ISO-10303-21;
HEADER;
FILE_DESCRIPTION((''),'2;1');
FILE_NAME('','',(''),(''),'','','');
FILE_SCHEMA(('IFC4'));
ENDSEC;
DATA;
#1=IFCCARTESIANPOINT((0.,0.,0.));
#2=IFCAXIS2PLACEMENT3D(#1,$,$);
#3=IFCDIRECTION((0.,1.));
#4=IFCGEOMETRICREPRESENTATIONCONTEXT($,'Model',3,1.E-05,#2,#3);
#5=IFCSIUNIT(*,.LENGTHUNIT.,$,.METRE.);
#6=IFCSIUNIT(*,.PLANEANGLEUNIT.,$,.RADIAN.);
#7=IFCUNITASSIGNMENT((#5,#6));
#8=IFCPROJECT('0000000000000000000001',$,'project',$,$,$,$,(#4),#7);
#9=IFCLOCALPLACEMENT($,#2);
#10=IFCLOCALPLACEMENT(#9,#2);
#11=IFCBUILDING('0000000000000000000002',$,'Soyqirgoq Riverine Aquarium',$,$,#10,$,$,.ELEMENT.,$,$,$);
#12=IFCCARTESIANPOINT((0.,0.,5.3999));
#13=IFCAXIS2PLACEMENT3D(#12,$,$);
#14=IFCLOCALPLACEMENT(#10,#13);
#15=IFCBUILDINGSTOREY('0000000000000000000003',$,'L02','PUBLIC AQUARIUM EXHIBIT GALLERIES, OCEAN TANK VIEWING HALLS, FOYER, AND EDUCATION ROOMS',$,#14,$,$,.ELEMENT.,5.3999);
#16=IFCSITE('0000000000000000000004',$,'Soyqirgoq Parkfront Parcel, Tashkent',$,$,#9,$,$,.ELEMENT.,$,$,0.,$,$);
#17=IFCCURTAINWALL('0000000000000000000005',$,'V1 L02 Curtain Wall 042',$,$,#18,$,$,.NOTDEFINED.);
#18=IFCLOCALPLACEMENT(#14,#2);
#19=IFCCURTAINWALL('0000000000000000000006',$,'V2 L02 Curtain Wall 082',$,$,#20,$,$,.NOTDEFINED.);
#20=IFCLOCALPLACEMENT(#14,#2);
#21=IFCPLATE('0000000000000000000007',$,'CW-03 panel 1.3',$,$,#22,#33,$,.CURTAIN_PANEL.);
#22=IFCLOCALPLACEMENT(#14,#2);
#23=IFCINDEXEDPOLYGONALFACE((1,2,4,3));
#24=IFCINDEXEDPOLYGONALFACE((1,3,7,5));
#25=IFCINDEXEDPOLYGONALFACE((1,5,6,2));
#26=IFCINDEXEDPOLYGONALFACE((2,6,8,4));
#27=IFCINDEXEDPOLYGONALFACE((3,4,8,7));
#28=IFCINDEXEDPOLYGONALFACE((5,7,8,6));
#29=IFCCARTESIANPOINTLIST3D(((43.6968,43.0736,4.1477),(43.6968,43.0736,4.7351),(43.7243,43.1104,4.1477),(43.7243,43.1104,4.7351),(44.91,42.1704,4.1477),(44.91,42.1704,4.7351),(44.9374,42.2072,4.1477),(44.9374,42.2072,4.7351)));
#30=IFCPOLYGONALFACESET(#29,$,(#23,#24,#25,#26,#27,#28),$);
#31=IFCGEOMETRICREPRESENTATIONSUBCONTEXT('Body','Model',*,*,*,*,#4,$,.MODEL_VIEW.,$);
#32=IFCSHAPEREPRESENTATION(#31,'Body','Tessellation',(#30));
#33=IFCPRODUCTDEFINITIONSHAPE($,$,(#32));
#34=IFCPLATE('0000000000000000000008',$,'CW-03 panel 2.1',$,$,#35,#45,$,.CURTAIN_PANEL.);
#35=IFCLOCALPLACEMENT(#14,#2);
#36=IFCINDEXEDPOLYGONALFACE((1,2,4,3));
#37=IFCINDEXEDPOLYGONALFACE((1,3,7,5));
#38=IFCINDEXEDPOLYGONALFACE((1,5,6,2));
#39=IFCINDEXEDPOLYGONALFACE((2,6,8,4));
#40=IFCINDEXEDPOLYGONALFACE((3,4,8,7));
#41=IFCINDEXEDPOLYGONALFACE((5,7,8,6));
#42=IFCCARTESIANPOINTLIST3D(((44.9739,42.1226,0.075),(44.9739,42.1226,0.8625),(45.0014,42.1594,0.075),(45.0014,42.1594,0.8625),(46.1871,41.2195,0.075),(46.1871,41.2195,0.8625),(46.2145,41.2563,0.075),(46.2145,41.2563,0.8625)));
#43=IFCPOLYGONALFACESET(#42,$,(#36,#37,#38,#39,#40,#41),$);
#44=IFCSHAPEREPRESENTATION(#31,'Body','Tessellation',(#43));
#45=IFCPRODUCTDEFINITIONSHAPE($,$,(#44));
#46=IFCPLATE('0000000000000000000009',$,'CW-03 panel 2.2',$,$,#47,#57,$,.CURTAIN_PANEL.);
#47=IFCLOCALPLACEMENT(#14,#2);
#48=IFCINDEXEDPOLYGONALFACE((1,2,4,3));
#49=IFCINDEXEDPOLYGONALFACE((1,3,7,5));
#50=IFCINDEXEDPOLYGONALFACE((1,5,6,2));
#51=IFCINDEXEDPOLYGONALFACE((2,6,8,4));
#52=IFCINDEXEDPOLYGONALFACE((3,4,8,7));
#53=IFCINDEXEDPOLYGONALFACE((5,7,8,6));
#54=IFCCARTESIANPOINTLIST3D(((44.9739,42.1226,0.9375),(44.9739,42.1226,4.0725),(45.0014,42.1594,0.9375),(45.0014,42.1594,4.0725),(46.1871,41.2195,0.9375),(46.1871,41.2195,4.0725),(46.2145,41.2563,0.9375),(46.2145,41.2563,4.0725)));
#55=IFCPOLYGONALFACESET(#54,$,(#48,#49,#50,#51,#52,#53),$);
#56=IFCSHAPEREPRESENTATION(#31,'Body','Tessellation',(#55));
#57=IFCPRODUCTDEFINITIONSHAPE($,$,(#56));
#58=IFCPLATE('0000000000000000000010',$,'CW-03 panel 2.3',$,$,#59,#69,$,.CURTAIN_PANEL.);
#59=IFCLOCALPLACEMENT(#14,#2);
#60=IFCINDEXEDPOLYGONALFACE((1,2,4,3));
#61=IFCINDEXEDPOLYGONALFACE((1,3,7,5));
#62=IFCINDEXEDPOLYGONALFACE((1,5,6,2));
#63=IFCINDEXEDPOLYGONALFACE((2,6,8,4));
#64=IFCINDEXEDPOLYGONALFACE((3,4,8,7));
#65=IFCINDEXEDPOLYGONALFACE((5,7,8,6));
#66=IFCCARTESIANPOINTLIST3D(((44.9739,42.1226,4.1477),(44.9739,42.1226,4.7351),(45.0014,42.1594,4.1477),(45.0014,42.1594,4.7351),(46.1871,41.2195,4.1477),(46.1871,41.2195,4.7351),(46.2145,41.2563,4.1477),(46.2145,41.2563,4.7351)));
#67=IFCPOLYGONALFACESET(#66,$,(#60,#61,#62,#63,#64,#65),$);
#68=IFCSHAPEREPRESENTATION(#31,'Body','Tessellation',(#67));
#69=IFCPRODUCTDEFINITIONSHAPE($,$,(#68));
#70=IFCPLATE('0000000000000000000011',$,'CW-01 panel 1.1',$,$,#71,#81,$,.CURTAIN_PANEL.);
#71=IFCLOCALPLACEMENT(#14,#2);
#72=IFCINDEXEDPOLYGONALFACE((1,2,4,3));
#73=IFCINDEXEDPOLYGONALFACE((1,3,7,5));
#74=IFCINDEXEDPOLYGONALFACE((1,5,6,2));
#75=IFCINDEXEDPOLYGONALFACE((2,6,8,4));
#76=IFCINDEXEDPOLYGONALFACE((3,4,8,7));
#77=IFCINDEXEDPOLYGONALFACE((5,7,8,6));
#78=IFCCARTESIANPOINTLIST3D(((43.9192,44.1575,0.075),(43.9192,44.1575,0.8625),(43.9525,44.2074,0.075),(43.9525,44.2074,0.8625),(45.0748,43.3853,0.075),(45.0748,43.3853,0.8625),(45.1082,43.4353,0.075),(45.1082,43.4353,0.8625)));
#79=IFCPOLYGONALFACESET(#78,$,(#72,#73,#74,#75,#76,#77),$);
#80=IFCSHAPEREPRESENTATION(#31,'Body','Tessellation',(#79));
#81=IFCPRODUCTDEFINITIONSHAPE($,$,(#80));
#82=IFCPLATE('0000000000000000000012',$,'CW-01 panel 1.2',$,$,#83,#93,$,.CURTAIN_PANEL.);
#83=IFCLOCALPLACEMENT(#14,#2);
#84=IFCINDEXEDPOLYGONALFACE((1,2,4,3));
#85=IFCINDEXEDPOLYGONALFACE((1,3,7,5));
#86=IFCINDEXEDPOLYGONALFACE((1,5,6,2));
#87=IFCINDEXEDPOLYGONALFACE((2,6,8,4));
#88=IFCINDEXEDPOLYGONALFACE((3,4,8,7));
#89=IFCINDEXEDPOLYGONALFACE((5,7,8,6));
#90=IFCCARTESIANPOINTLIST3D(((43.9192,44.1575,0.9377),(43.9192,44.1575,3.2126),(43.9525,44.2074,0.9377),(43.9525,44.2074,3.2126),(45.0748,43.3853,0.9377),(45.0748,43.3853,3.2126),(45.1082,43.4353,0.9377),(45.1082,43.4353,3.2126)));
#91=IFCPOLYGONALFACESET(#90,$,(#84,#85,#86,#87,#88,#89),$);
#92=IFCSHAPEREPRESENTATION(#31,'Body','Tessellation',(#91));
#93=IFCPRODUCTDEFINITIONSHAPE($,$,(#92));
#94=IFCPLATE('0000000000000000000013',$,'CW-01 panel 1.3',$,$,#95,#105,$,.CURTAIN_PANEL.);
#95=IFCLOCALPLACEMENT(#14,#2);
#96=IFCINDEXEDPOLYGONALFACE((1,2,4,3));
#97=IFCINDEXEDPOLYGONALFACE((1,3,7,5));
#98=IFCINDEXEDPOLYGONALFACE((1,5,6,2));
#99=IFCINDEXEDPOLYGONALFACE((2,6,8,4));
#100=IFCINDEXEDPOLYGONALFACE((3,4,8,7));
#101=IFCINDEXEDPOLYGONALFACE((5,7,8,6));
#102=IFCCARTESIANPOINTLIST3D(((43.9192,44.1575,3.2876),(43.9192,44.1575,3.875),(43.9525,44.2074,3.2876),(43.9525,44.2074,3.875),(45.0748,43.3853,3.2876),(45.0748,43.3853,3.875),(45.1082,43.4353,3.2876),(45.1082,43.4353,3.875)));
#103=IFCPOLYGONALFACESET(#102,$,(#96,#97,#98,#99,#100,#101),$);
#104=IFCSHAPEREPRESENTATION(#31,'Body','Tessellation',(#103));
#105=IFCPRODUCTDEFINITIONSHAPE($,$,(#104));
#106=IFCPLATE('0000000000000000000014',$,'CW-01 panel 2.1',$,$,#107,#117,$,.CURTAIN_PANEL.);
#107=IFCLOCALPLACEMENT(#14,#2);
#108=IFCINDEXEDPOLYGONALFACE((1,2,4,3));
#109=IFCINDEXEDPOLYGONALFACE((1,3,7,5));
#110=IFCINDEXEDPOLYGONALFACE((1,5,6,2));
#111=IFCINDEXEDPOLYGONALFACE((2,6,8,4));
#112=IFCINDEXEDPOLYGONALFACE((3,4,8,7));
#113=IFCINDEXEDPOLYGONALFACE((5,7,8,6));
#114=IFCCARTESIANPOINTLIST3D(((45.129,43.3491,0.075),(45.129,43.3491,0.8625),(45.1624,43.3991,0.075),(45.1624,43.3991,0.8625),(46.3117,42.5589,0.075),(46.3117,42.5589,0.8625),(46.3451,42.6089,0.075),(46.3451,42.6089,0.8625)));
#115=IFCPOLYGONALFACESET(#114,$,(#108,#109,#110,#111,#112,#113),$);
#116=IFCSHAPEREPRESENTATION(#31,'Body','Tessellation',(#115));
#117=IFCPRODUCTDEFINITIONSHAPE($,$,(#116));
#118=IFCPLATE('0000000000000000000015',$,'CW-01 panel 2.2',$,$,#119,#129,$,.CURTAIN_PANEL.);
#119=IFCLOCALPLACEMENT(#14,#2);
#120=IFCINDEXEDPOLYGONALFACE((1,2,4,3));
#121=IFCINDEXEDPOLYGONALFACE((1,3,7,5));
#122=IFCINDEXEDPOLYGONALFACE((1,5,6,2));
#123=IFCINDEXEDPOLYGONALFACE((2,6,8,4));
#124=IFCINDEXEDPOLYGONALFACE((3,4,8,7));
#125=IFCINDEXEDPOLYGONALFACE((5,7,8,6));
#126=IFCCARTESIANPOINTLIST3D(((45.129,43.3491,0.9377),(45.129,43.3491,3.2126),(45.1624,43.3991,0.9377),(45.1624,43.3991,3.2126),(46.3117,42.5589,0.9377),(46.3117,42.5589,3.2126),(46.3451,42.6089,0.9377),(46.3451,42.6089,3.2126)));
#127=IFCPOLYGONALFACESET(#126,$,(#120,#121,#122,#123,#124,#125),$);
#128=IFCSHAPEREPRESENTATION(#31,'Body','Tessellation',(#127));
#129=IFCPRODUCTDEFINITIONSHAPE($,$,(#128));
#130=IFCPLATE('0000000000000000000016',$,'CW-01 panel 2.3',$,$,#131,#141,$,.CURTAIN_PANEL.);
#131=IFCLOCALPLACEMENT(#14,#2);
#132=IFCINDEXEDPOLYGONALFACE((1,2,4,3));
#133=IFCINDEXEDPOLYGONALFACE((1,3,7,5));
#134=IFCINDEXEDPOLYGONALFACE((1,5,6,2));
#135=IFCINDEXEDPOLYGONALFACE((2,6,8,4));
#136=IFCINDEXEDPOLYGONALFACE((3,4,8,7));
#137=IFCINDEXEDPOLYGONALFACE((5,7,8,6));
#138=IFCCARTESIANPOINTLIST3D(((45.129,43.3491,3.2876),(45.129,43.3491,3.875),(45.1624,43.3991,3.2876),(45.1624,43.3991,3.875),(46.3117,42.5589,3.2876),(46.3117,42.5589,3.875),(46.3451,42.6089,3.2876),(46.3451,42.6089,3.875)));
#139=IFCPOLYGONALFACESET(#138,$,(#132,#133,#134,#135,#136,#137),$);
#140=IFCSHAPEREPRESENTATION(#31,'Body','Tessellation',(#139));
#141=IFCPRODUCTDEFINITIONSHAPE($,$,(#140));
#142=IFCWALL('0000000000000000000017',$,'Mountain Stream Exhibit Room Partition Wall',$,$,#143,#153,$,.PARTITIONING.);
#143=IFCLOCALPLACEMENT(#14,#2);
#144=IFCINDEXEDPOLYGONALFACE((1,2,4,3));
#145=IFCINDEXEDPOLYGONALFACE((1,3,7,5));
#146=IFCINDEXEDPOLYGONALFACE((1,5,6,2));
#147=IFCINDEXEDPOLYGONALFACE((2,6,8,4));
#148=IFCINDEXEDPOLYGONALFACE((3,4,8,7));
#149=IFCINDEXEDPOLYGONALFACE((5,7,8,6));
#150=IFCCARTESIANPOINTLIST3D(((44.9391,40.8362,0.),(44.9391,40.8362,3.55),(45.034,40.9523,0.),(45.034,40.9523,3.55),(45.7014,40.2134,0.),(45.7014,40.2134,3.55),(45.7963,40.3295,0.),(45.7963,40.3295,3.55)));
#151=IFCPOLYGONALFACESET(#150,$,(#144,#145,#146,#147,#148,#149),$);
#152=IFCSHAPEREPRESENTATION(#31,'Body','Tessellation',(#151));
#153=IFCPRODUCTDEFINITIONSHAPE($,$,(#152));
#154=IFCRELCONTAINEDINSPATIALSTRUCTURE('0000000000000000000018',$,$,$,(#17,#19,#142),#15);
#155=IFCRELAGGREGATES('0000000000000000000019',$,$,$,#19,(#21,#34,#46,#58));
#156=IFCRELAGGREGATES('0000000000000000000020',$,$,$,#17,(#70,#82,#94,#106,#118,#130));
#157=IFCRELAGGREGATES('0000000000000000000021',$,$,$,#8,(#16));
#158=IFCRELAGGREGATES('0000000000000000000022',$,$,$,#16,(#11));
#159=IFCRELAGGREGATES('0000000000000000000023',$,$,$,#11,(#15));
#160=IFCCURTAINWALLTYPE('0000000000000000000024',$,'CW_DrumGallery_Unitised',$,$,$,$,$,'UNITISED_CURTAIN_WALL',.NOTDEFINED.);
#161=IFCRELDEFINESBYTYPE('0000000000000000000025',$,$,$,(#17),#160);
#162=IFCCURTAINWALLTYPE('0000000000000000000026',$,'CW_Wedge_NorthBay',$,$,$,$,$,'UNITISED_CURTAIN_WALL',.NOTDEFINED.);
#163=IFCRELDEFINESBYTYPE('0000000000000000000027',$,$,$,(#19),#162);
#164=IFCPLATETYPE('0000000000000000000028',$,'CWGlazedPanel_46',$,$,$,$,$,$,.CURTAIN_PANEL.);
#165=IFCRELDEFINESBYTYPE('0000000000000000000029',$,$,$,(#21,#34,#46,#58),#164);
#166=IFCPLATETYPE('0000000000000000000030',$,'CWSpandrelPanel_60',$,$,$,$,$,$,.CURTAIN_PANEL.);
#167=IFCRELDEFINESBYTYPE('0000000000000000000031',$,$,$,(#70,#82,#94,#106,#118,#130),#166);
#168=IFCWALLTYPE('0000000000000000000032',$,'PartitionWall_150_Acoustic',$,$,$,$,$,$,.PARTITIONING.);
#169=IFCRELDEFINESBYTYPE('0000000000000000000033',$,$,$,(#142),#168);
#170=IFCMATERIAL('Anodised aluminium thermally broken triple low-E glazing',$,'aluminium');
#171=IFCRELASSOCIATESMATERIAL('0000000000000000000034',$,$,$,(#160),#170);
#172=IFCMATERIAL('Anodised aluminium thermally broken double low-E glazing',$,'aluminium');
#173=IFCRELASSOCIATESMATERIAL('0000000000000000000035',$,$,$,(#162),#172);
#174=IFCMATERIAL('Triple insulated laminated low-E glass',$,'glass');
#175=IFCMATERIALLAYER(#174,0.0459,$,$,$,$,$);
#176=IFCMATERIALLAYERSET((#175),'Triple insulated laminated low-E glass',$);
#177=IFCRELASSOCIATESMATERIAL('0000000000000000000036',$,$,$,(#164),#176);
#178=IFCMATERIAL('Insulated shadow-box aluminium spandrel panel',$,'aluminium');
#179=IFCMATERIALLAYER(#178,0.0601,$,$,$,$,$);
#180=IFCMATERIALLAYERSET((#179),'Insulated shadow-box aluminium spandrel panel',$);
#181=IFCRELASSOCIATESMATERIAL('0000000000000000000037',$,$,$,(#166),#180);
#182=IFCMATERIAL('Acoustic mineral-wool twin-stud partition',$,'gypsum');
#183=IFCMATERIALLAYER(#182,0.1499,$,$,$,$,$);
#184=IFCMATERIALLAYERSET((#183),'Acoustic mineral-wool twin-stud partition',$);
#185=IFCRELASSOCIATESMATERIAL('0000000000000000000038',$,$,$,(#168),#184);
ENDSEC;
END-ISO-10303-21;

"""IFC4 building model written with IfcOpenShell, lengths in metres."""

from ifc_helpers import new_model, si_unit, direction, frame, frame_2d, origin, origin_2d, place, context, subcontext, project, spatial, rectangle, extrude, material, layer, layer_set, type_object, element, aggregate, save


model = new_model("IFC4")

# Units and contexts
model_context = context("Model", 3, precision=1e-05, world=origin(), true_north=direction((0.0, 1.0)))
body_context = subcontext(model_context, "Body", "Model", "MODEL_VIEW")
ifc_project = project(units=[si_unit("LENGTHUNIT", "METRE"), si_unit("PLANEANGLEUNIT", "RADIAN")], contexts=[model_context])

# Site, building, storey
site_placement = place(None, origin())
site = spatial("IfcSite", under=ifc_project, at=site_placement, Name="Soyqirgoq Parkfront Parcel, Tashkent", CompositionType="ELEMENT", RefElevation=0.0)
building_placement = place(site_placement, origin())
building = spatial("IfcBuilding", under=site, at=building_placement, Name="Soyqirgoq Riverine Aquarium", CompositionType="ELEMENT")
storey_placement = place(building_placement, frame((0.0, 0.0, 5.3999)))
storey = spatial("IfcBuildingStorey", under=building, at=storey_placement, Name="L02", Description="PUBLIC AQUARIUM EXHIBIT GALLERIES, OCEAN TANK VIEWING HALLS, FOYER, AND EDUCATION ROOMS", CompositionType="ELEMENT", Elevation=5.3999)

# Curtain walls
ifc_material_1 = material(Name="Anodised aluminium thermally broken triple low-E glazing", Category="aluminium")
curtain_wall_type_1 = type_object("IfcCurtainWallType", Name="CW_DrumGallery_Unitised", ElementType="UNITISED_CURTAIN_WALL", PredefinedType="NOTDEFINED", material=ifc_material_1)
curtain_wall_1_placement = place(storey_placement, origin())
curtain_wall_1 = element("IfcCurtainWall", 1, at=curtain_wall_1_placement, inside=storey, type_object=curtain_wall_type_1, Name="V1 L02 Curtain Wall 042", PredefinedType="NOTDEFINED")
ifc_material_2 = material(Name="Anodised aluminium thermally broken double low-E glazing", Category="aluminium")
curtain_wall_type_2 = type_object("IfcCurtainWallType", Name="CW_Wedge_NorthBay", ElementType="UNITISED_CURTAIN_WALL", PredefinedType="NOTDEFINED", material=ifc_material_2)
curtain_wall_2_placement = place(storey_placement, origin())
curtain_wall_2 = element("IfcCurtainWall", 2, at=curtain_wall_2_placement, inside=storey, type_object=curtain_wall_type_2, Name="V2 L02 Curtain Wall 082", PredefinedType="NOTDEFINED")

# Plates
ifc_material_3 = material(Name="Triple insulated laminated low-E glass", Category="glass")
ifc_layer_1 = layer(ifc_material_3, 0.0459)
ifc_layer_set_1 = layer_set([ifc_layer_1], Name="Triple insulated laminated low-E glass")
plate_type_1 = type_object("IfcPlateType", Name="CWGlazedPanel_46", PredefinedType="CURTAIN_PANEL", material=ifc_layer_set_1)
plate_1_placement = place(storey_placement, frame((44.3171, 42.6404, 4.1477), z_axis=(0.0, 0.0, 1.0), x_axis=(0.802131, -0.597149, 0.0)))
plate_1 = element("IfcPlate", 3, at=plate_1_placement, type_object=plate_type_1, Name="CW-03 panel 1.3", PredefinedType="CURTAIN_PANEL", context=body_context, shape_type="SweptSolid", body=[
    extrude(rectangle(XDim=1.5125, YDim=0.0459, at=origin_2d()), origin(), (0.0, 0.0, 1.0), 0.5874),
])
plate_2_placement = place(storey_placement, frame((45.5942, 41.6895, 0.075), z_axis=(0.0, 0.0, 1.0), x_axis=(0.802131, -0.597149, 0.0)))
plate_2 = element("IfcPlate", 4, at=plate_2_placement, type_object=plate_type_1, Name="CW-03 panel 2.1", PredefinedType="CURTAIN_PANEL", context=body_context, shape_type="SweptSolid", body=[
    extrude(rectangle(XDim=1.5125, YDim=0.0459, at=origin_2d()), origin(), (0.0, 0.0, 1.0), 0.7876),
])
plate_3_placement = place(storey_placement, frame((45.5942, 41.6895, 0.9375), z_axis=(0.0, 0.0, 1.0), x_axis=(0.802131, -0.597149, 0.0)))
plate_3 = element("IfcPlate", 5, at=plate_3_placement, type_object=plate_type_1, Name="CW-03 panel 2.2", PredefinedType="CURTAIN_PANEL", context=body_context, shape_type="SweptSolid", body=[
    extrude(rectangle(XDim=1.5125, YDim=0.0459, at=origin_2d()), origin(), (0.0, 0.0, 1.0), 3.135),
])
plate_4_placement = place(storey_placement, frame((45.5942, 41.6895, 4.1477), z_axis=(0.0, 0.0, 1.0), x_axis=(0.802131, -0.597149, 0.0)))
plate_4 = element("IfcPlate", 6, at=plate_4_placement, type_object=plate_type_1, Name="CW-03 panel 2.3", PredefinedType="CURTAIN_PANEL", context=body_context, shape_type="SweptSolid", body=[
    extrude(rectangle(XDim=1.5125, YDim=0.0459, at=origin_2d()), origin(), (0.0, 0.0, 1.0), 0.5874),
])
aggregate(curtain_wall_2, [plate_1, plate_2, plate_3, plate_4])
ifc_material_4 = material(Name="Insulated shadow-box aluminium spandrel panel", Category="aluminium")
ifc_layer_2 = layer(ifc_material_4, 0.0601)
ifc_layer_set_2 = layer_set([ifc_layer_2], Name="Insulated shadow-box aluminium spandrel panel")
plate_type_2 = type_object("IfcPlateType", Name="CWSpandrelPanel_60", PredefinedType="CURTAIN_PANEL", material=ifc_layer_set_2)
plate_5_placement = place(storey_placement, frame((44.5137, 43.7964, 0.075), z_axis=(0.0, 0.0, 1.0), x_axis=(0.831473, -0.555565, 0.0)))
plate_5 = element("IfcPlate", 7, at=plate_5_placement, type_object=plate_type_2, Name="CW-01 panel 1.1", PredefinedType="CURTAIN_PANEL", context=body_context, shape_type="SweptSolid", body=[
    extrude(rectangle(XDim=1.3899, YDim=0.0601, at=origin_2d()), origin(), (0.0, 0.0, 1.0), 0.7876),
])
plate_6_placement = place(storey_placement, frame((44.5137, 43.7964, 0.9377), z_axis=(0.0, 0.0, 1.0), x_axis=(0.831473, -0.555565, 0.0)))
plate_6 = element("IfcPlate", 8, at=plate_6_placement, type_object=plate_type_2, Name="CW-01 panel 1.2", PredefinedType="CURTAIN_PANEL", context=body_context, shape_type="SweptSolid", body=[
    extrude(rectangle(XDim=1.3899, YDim=0.0601, at=origin_2d()), origin(), (0.0, 0.0, 1.0), 2.2749),
])
plate_7_placement = place(storey_placement, frame((44.5137, 43.7964, 3.2876), z_axis=(0.0, 0.0, 1.0), x_axis=(0.831473, -0.555565, 0.0)))
plate_7 = element("IfcPlate", 9, at=plate_7_placement, type_object=plate_type_2, Name="CW-01 panel 1.3", PredefinedType="CURTAIN_PANEL", context=body_context, shape_type="SweptSolid", body=[
    extrude(rectangle(XDim=1.3899, YDim=0.0601, at=origin_2d()), origin(), (0.0, 0.0, 1.0), 0.5874),
])
plate_8_placement = place(storey_placement, frame((45.7371, 42.979, 0.075), z_axis=(0.0, 0.0, 1.0), x_axis=(0.831473, -0.555565, 0.0)))
plate_8 = element("IfcPlate", 10, at=plate_8_placement, type_object=plate_type_2, Name="CW-01 panel 2.1", PredefinedType="CURTAIN_PANEL", context=body_context, shape_type="SweptSolid", body=[
    extrude(rectangle(XDim=1.4224, YDim=0.0601, at=origin_2d()), origin(), (0.0, 0.0, 1.0), 0.7876),
])
plate_9_placement = place(storey_placement, frame((45.7371, 42.979, 0.9377), z_axis=(0.0, 0.0, 1.0), x_axis=(0.831473, -0.555565, 0.0)))
plate_9 = element("IfcPlate", 11, at=plate_9_placement, type_object=plate_type_2, Name="CW-01 panel 2.2", PredefinedType="CURTAIN_PANEL", context=body_context, shape_type="SweptSolid", body=[
    extrude(rectangle(XDim=1.4224, YDim=0.0601, at=origin_2d()), origin(), (0.0, 0.0, 1.0), 2.2749),
])
plate_10_placement = place(storey_placement, frame((45.7371, 42.979, 3.2876), z_axis=(0.0, 0.0, 1.0), x_axis=(0.831473, -0.555565, 0.0)))
plate_10 = element("IfcPlate", 12, at=plate_10_placement, type_object=plate_type_2, Name="CW-01 panel 2.3", PredefinedType="CURTAIN_PANEL", context=body_context, shape_type="SweptSolid", body=[
    extrude(rectangle(XDim=1.4224, YDim=0.0601, at=origin_2d()), origin(), (0.0, 0.0, 1.0), 0.5874),
])
aggregate(curtain_wall_1, [plate_5, plate_6, plate_7, plate_8, plate_9, plate_10])

# Wall
ifc_material_5 = material(Name="Acoustic mineral-wool twin-stud partition", Category="gypsum")
ifc_layer_3 = layer(ifc_material_5, 0.1499)
ifc_layer_set_3 = layer_set([ifc_layer_3], Name="Acoustic mineral-wool twin-stud partition")
wall_type = type_object("IfcWallType", Name="PartitionWall_150_Acoustic", PredefinedType="PARTITIONING", material=ifc_layer_set_3)
wall_placement = place(storey_placement, frame((44.9866, 40.8943, 0.0), z_axis=(0.0, 0.0, 1.0), x_axis=(0.774366, -0.632738, 0.0)))
element("IfcWall", 13, at=wall_placement, inside=storey, type_object=wall_type, Name="Mountain Stream Exhibit Room Partition Wall", PredefinedType="PARTITIONING", context=body_context, shape_type="SweptSolid", body=[
    extrude(rectangle(XDim=0.9844, YDim=0.1499, at=frame_2d((0.4922, 0.0))), origin(), (0.0, 0.0, 1.0), 3.55),
])

save(model, "model.ifc")
